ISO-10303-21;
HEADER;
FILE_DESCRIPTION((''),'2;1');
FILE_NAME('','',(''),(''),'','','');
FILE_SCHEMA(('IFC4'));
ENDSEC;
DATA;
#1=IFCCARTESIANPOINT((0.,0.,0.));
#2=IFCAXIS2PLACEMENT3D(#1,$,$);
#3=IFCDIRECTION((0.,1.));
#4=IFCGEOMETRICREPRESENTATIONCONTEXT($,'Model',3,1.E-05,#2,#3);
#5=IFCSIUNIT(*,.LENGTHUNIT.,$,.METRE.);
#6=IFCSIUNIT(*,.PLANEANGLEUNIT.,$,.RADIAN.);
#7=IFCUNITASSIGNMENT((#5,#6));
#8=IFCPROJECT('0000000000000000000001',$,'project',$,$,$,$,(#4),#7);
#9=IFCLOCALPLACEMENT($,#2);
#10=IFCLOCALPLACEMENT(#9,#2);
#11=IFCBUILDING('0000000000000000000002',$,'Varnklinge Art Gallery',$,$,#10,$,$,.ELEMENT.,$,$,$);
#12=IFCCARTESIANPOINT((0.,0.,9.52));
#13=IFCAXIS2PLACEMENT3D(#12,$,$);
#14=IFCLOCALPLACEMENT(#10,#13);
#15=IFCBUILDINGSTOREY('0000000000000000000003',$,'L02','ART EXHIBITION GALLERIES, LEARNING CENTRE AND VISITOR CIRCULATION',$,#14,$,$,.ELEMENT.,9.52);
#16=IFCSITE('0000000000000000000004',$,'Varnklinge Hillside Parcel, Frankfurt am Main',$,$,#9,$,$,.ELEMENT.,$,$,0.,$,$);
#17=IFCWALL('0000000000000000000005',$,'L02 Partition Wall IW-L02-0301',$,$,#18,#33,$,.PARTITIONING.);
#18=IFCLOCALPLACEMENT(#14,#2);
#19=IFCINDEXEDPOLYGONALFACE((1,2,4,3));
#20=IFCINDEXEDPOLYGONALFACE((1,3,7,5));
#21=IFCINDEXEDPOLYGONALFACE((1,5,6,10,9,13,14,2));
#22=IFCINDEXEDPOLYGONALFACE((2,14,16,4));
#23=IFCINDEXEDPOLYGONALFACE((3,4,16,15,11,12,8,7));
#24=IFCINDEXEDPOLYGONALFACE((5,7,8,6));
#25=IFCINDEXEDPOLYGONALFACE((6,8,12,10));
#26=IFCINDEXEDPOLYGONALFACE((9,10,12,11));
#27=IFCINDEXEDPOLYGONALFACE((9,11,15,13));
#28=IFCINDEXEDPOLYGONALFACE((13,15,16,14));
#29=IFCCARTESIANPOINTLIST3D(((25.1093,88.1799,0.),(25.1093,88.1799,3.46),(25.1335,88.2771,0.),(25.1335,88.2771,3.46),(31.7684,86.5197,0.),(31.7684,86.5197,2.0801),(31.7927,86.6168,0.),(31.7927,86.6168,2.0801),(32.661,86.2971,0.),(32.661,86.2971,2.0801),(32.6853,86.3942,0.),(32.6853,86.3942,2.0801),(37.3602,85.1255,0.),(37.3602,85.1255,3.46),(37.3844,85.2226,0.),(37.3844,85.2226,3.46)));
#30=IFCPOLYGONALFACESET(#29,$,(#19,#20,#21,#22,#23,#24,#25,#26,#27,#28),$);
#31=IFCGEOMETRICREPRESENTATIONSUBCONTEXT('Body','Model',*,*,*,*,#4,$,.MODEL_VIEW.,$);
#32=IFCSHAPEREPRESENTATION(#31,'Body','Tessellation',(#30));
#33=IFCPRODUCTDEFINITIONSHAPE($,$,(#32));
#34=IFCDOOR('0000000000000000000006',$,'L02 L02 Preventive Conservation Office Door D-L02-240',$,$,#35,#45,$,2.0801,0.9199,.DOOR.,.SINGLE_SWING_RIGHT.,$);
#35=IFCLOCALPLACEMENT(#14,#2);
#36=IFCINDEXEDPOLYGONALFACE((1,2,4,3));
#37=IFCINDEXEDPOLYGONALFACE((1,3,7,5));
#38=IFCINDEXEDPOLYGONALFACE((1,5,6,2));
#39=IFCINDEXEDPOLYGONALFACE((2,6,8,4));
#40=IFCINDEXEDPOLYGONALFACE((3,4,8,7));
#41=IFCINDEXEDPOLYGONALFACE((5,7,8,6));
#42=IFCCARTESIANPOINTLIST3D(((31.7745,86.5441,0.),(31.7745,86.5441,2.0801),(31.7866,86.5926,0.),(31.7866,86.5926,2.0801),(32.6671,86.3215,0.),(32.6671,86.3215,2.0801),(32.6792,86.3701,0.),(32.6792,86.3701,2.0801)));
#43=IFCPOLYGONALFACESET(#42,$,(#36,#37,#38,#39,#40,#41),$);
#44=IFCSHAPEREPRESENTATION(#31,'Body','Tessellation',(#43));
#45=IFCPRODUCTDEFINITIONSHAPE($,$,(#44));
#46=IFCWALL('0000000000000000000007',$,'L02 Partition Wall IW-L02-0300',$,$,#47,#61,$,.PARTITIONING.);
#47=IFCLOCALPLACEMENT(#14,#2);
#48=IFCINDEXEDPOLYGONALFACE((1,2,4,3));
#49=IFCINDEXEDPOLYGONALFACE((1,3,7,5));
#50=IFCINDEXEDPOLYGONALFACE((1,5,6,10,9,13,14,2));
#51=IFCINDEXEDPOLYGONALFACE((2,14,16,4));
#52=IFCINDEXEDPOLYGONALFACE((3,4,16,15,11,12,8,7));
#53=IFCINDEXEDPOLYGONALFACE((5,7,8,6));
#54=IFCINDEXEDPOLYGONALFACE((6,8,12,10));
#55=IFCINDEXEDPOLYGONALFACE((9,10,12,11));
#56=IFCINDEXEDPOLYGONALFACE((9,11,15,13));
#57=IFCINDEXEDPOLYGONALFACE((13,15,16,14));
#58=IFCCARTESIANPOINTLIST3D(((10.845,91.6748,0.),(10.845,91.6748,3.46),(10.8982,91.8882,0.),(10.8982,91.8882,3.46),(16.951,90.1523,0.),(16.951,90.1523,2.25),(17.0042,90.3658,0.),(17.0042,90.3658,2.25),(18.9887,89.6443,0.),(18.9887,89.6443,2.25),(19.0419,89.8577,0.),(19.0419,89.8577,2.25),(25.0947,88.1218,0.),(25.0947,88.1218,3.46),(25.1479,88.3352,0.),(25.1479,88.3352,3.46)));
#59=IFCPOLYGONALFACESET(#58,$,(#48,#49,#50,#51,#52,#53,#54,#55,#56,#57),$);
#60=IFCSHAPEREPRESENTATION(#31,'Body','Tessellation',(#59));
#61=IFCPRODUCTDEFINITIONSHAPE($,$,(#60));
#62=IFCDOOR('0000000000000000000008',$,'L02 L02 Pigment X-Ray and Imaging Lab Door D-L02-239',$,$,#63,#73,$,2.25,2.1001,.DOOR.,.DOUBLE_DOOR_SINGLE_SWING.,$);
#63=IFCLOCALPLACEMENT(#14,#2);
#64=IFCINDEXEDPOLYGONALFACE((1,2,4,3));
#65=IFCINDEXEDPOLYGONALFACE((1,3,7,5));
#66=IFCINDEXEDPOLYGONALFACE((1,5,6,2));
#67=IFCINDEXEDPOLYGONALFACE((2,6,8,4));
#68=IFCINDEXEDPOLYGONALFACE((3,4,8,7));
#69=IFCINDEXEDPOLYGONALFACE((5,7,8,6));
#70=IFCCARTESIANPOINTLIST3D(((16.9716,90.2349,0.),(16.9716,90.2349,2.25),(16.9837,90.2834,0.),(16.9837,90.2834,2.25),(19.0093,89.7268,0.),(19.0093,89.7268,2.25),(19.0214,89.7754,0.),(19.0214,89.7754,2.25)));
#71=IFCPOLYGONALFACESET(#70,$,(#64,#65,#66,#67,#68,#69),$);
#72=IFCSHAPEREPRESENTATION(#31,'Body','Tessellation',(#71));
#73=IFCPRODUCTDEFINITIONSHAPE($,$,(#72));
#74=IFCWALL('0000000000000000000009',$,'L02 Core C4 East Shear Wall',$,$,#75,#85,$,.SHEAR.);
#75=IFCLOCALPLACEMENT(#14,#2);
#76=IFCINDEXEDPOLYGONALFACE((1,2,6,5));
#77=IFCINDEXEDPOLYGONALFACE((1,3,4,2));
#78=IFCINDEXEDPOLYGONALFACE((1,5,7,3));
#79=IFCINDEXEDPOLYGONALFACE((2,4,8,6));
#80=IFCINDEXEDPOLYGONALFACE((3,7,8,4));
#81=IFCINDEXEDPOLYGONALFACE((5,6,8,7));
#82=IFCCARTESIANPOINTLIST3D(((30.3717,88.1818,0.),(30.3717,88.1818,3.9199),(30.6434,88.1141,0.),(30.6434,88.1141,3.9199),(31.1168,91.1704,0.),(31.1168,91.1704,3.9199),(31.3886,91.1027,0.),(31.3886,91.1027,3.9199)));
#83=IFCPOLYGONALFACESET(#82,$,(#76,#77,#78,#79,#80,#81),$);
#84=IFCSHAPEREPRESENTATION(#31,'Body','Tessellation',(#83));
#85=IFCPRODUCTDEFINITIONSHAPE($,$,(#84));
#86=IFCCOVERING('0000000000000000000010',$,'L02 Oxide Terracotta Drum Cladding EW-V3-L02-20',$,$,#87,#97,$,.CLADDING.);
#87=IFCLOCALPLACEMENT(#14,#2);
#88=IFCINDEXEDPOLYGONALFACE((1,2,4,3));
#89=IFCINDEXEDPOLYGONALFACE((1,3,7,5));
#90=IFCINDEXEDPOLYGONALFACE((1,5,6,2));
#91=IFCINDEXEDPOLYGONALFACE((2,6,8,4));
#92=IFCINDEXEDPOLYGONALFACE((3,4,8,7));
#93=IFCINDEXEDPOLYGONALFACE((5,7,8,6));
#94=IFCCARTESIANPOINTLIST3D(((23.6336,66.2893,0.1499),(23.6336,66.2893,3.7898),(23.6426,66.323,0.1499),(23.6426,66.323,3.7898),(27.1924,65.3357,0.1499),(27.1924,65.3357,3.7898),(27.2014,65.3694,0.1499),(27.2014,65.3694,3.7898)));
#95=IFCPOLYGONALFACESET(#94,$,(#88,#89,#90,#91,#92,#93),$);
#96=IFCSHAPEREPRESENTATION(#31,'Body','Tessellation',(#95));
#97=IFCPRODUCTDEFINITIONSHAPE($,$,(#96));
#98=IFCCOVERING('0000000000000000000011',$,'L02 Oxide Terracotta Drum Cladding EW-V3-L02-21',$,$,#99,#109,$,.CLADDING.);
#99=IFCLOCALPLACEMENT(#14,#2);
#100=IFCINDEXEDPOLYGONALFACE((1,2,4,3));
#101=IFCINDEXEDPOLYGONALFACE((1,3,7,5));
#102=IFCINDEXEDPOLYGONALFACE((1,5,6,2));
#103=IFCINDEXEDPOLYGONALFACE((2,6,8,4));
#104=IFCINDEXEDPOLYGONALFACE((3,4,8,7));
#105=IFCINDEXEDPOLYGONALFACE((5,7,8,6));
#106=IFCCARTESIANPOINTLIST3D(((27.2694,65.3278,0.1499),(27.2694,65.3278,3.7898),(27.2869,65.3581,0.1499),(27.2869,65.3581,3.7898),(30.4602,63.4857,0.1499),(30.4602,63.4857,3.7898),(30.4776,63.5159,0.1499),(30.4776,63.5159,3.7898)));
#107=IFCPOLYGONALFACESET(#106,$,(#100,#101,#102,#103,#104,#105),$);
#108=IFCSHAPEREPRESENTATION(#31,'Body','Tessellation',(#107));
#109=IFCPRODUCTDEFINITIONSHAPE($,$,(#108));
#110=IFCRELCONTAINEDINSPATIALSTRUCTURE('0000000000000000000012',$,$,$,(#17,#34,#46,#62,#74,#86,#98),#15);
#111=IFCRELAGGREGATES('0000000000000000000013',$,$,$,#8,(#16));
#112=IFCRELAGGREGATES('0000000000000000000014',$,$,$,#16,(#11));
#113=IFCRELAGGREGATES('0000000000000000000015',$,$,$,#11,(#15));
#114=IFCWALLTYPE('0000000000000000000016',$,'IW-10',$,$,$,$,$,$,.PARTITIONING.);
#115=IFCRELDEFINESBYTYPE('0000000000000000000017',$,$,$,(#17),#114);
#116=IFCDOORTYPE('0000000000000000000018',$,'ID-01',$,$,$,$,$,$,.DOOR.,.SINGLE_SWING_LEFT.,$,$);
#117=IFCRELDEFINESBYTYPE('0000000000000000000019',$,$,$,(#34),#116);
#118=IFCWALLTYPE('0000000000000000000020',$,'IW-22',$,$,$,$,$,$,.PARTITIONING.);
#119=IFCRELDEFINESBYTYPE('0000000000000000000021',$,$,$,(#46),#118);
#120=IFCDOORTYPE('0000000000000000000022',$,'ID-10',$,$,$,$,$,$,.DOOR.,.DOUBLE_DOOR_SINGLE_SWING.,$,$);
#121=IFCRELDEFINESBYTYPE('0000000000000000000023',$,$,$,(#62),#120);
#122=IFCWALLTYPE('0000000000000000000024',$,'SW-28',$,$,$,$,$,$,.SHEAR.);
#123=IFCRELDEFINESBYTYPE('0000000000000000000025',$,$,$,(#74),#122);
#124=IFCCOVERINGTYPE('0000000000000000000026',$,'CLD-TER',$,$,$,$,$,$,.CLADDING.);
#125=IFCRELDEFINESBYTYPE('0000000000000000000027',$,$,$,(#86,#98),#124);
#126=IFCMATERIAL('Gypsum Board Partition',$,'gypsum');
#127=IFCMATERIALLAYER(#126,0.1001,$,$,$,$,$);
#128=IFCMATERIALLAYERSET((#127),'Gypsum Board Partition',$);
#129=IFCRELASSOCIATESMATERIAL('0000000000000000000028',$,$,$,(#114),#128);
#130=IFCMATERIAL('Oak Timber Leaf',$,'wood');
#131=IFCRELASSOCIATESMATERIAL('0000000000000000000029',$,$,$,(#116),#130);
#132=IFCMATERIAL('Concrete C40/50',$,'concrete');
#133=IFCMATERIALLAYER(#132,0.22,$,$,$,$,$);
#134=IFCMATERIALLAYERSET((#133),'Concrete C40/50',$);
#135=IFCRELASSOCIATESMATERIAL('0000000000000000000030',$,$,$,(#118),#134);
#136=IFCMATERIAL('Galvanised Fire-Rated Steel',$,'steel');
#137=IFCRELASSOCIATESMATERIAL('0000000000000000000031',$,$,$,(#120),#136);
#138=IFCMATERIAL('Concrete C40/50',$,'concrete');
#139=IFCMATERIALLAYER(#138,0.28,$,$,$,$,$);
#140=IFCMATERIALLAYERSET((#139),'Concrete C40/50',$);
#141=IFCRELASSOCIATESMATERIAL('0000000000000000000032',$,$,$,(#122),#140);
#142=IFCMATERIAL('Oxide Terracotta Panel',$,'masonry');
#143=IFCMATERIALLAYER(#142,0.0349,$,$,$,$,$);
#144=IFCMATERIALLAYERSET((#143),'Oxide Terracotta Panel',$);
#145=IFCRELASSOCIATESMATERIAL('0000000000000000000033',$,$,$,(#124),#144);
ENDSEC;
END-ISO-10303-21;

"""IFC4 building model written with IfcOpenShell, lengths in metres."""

from ifc_helpers import new_model, si_unit, direction, frame, frame_2d, origin, origin_2d, place, context, subcontext, project, spatial, rectangle, extrude, material, layer, layer_set, type_object, element, fill, save


model = new_model("IFC4")

# Units and contexts
model_context = context("Model", 3, precision=1e-05, world=origin(), true_north=direction((0.0, 1.0)))
body_context = subcontext(model_context, "Body", "Model", "MODEL_VIEW")
ifc_project = project(units=[si_unit("LENGTHUNIT", "METRE"), si_unit("PLANEANGLEUNIT", "RADIAN")], contexts=[model_context])

# Site, building, storey
site_placement = place(None, origin())
site = spatial("IfcSite", under=ifc_project, at=site_placement, Name="Varnklinge Hillside Parcel, Frankfurt am Main", CompositionType="ELEMENT", RefElevation=0.0)
building_placement = place(site_placement, origin())
building = spatial("IfcBuilding", under=site, at=building_placement, Name="Varnklinge Art Gallery", CompositionType="ELEMENT")
storey_placement = place(building_placement, frame((0.0, 0.0, 9.52)))
storey = spatial("IfcBuildingStorey", under=building, at=storey_placement, Name="L02", Description="ART EXHIBITION GALLERIES, LEARNING CENTRE AND VISITOR CIRCULATION", CompositionType="ELEMENT", Elevation=9.52)

# Walls, openings, doors
ifc_material_1 = material(Name="Gypsum Board Partition", Category="gypsum")
ifc_layer_1 = layer(ifc_material_1, 0.1001)
ifc_layer_set_1 = layer_set([ifc_layer_1], Name="Gypsum Board Partition")
wall_type_1 = type_object("IfcWallType", Name="IW-10", PredefinedType="PARTITIONING", material=ifc_layer_set_1)
wall_1_placement = place(storey_placement, frame((37.3723, 85.1741, 0.0), z_axis=(0.0, 0.0, 1.0), x_axis=(-0.970297, 0.241917, 0.0)))
wall_1 = element("IfcWall", 1, at=wall_1_placement, inside=storey, type_object=wall_type_1, Name="L02 Partition Wall IW-L02-0301", PredefinedType="PARTITIONING", context=body_context, shape_type="SweptSolid", body=[
    extrude(rectangle(XDim=12.626, YDim=0.1001, at=frame_2d((6.313, 0.0))), origin(), (0.0, 0.0, 1.0), 3.46),
])
opening_1_placement = place(wall_1_placement, frame((4.843, 0.0, 0.0)))
opening_1 = element("IfcOpeningElement", 2, at=opening_1_placement, cuts=wall_1, PredefinedType="OPENING", context=body_context, shape_type="SweptSolid", body=[
    extrude(rectangle(XDim=0.9199, YDim=2.0801, at=frame_2d((0.46, 1.04))), frame((0.0, 0.0601, 0.0), z_axis=(0.0, -1.0, 0.0), x_axis=(1.0, 0.0, 0.0)), (0.0, 0.0, 1.0), 0.1201),
])
ifc_material_2 = material(Name="Oak Timber Leaf", Category="wood")
door_type_1 = type_object("IfcDoorType", Name="ID-01", OperationType="SINGLE_SWING_LEFT", PredefinedType="DOOR", material=ifc_material_2)
door_1_placement = place(opening_1_placement, origin())
door_1 = element("IfcDoor", 3, at=door_1_placement, inside=storey, type_object=door_type_1, Name="L02 L02 Preventive Conservation Office Door D-L02-240", OperationType="SINGLE_SWING_RIGHT", OverallHeight=2.0801, OverallWidth=0.9199, PredefinedType="DOOR", context=body_context, shape_type="SweptSolid", body=[
    extrude(rectangle(XDim=0.9199, YDim=2.0801, at=frame_2d((0.46, 1.04))), frame((0.0, 0.0249, 0.0), z_axis=(0.0, -1.0, 0.0), x_axis=(1.0, 0.0, 0.0)), (0.0, 0.0, 1.0), 0.05),
])
fill(opening_1, door_1)
ifc_material_3 = material(Name="Concrete C40/50", Category="concrete")
ifc_layer_2 = layer(ifc_material_3, 0.22)
ifc_layer_set_2 = layer_set([ifc_layer_2], Name="Concrete C40/50")
wall_type_2 = type_object("IfcWallType", Name="IW-22", PredefinedType="PARTITIONING", material=ifc_layer_set_2)
wall_2_placement = place(storey_placement, frame((25.1213, 88.2285, 0.0), z_axis=(0.0, 0.0, 1.0), x_axis=(-0.970294, 0.241929, 0.0)))
wall_2 = element("IfcWall", 4, at=wall_2_placement, inside=storey, type_object=wall_type_2, Name="L02 Partition Wall IW-L02-0300", PredefinedType="PARTITIONING", context=body_context, shape_type="SweptSolid", body=[
    extrude(rectangle(XDim=14.686, YDim=0.22, at=frame_2d((7.343, 0.0))), origin(), (0.0, 0.0, 1.0), 3.46),
])
opening_2_placement = place(wall_2_placement, frame((6.293, 0.0, 0.0)))
opening_2 = element("IfcOpeningElement", 5, at=opening_2_placement, cuts=wall_2, PredefinedType="OPENING", context=body_context, shape_type="SweptSolid", body=[
    extrude(rectangle(XDim=2.1001, YDim=2.25, at=frame_2d((1.05, 1.125))), frame((0.0, 0.1199, 0.0), z_axis=(0.0, -1.0, 0.0), x_axis=(1.0, 0.0, 0.0)), (0.0, 0.0, 1.0), 0.24),
])
ifc_material_4 = material(Name="Galvanised Fire-Rated Steel", Category="steel")
door_type_2 = type_object("IfcDoorType", Name="ID-10", OperationType="DOUBLE_DOOR_SINGLE_SWING", PredefinedType="DOOR", material=ifc_material_4)
door_2_placement = place(opening_2_placement, origin())
door_2 = element("IfcDoor", 6, at=door_2_placement, inside=storey, type_object=door_type_2, Name="L02 L02 Pigment X-Ray and Imaging Lab Door D-L02-239", OperationType="DOUBLE_DOOR_SINGLE_SWING", OverallHeight=2.25, OverallWidth=2.1001, PredefinedType="DOOR", context=body_context, shape_type="SweptSolid", body=[
    extrude(rectangle(XDim=2.1001, YDim=2.25, at=frame_2d((1.05, 1.125))), frame((0.0, 0.0249, 0.0), z_axis=(0.0, -1.0, 0.0), x_axis=(1.0, 0.0, 0.0)), (0.0, 0.0, 1.0), 0.05),
])
fill(opening_2, door_2)

# Wall
ifc_material_5 = material(Name="Concrete C40/50", Category="concrete")
ifc_layer_3 = layer(ifc_material_5, 0.28)
ifc_layer_set_3 = layer_set([ifc_layer_3], Name="Concrete C40/50")
wall_type_3 = type_object("IfcWallType", Name="SW-28", PredefinedType="SHEAR", material=ifc_layer_set_3)
wall_3_placement = place(storey_placement, frame((30.5076, 88.1479, 0.0), z_axis=(0.0, 0.0, 1.0), x_axis=(0.24192, 0.970296, 0.0)))
element("IfcWall", 7, at=wall_3_placement, inside=storey, type_object=wall_type_3, Name="L02 Core C4 East Shear Wall", PredefinedType="SHEAR", context=body_context, shape_type="SweptSolid", body=[
    extrude(rectangle(XDim=3.0801, YDim=0.28, at=frame_2d((1.54, 0.0))), origin(), (0.0, 0.0, 1.0), 3.9199),
])

# Coverings
ifc_material_6 = material(Name="Oxide Terracotta Panel", Category="masonry")
ifc_layer_4 = layer(ifc_material_6, 0.0349)
ifc_layer_set_4 = layer_set([ifc_layer_4], Name="Oxide Terracotta Panel")
covering_type = type_object("IfcCoveringType", Name="CLD-TER", PredefinedType="CLADDING", material=ifc_layer_set_4)
for number, where, z_axis, x_axis, name in (
    (8, (25.4175, 65.8293, 0.1499), (0.0, 0.0, 1.0), (0.965926, -0.258819, 0.0), "L02 Oxide Terracotta Drum Cladding EW-V3-L02-20"),
    (9, (28.8735, 64.4219, 0.1499), (0.0, 0.0, 1.0), (0.866025, -0.5, 0.0), "L02 Oxide Terracotta Drum Cladding EW-V3-L02-21"),
):
    element("IfcCovering", number, at=place(storey_placement, frame(where, z_axis=z_axis, x_axis=x_axis)), inside=storey, type_object=covering_type, Name=name, PredefinedType="CLADDING", context=body_context, shape_type="SweptSolid", body=[
        extrude(rectangle(XDim=3.6843, YDim=0.0349, at=origin_2d()), origin(), (0.0, 0.0, 1.0), 3.6399),
    ])

save(model, "model.ifc")
